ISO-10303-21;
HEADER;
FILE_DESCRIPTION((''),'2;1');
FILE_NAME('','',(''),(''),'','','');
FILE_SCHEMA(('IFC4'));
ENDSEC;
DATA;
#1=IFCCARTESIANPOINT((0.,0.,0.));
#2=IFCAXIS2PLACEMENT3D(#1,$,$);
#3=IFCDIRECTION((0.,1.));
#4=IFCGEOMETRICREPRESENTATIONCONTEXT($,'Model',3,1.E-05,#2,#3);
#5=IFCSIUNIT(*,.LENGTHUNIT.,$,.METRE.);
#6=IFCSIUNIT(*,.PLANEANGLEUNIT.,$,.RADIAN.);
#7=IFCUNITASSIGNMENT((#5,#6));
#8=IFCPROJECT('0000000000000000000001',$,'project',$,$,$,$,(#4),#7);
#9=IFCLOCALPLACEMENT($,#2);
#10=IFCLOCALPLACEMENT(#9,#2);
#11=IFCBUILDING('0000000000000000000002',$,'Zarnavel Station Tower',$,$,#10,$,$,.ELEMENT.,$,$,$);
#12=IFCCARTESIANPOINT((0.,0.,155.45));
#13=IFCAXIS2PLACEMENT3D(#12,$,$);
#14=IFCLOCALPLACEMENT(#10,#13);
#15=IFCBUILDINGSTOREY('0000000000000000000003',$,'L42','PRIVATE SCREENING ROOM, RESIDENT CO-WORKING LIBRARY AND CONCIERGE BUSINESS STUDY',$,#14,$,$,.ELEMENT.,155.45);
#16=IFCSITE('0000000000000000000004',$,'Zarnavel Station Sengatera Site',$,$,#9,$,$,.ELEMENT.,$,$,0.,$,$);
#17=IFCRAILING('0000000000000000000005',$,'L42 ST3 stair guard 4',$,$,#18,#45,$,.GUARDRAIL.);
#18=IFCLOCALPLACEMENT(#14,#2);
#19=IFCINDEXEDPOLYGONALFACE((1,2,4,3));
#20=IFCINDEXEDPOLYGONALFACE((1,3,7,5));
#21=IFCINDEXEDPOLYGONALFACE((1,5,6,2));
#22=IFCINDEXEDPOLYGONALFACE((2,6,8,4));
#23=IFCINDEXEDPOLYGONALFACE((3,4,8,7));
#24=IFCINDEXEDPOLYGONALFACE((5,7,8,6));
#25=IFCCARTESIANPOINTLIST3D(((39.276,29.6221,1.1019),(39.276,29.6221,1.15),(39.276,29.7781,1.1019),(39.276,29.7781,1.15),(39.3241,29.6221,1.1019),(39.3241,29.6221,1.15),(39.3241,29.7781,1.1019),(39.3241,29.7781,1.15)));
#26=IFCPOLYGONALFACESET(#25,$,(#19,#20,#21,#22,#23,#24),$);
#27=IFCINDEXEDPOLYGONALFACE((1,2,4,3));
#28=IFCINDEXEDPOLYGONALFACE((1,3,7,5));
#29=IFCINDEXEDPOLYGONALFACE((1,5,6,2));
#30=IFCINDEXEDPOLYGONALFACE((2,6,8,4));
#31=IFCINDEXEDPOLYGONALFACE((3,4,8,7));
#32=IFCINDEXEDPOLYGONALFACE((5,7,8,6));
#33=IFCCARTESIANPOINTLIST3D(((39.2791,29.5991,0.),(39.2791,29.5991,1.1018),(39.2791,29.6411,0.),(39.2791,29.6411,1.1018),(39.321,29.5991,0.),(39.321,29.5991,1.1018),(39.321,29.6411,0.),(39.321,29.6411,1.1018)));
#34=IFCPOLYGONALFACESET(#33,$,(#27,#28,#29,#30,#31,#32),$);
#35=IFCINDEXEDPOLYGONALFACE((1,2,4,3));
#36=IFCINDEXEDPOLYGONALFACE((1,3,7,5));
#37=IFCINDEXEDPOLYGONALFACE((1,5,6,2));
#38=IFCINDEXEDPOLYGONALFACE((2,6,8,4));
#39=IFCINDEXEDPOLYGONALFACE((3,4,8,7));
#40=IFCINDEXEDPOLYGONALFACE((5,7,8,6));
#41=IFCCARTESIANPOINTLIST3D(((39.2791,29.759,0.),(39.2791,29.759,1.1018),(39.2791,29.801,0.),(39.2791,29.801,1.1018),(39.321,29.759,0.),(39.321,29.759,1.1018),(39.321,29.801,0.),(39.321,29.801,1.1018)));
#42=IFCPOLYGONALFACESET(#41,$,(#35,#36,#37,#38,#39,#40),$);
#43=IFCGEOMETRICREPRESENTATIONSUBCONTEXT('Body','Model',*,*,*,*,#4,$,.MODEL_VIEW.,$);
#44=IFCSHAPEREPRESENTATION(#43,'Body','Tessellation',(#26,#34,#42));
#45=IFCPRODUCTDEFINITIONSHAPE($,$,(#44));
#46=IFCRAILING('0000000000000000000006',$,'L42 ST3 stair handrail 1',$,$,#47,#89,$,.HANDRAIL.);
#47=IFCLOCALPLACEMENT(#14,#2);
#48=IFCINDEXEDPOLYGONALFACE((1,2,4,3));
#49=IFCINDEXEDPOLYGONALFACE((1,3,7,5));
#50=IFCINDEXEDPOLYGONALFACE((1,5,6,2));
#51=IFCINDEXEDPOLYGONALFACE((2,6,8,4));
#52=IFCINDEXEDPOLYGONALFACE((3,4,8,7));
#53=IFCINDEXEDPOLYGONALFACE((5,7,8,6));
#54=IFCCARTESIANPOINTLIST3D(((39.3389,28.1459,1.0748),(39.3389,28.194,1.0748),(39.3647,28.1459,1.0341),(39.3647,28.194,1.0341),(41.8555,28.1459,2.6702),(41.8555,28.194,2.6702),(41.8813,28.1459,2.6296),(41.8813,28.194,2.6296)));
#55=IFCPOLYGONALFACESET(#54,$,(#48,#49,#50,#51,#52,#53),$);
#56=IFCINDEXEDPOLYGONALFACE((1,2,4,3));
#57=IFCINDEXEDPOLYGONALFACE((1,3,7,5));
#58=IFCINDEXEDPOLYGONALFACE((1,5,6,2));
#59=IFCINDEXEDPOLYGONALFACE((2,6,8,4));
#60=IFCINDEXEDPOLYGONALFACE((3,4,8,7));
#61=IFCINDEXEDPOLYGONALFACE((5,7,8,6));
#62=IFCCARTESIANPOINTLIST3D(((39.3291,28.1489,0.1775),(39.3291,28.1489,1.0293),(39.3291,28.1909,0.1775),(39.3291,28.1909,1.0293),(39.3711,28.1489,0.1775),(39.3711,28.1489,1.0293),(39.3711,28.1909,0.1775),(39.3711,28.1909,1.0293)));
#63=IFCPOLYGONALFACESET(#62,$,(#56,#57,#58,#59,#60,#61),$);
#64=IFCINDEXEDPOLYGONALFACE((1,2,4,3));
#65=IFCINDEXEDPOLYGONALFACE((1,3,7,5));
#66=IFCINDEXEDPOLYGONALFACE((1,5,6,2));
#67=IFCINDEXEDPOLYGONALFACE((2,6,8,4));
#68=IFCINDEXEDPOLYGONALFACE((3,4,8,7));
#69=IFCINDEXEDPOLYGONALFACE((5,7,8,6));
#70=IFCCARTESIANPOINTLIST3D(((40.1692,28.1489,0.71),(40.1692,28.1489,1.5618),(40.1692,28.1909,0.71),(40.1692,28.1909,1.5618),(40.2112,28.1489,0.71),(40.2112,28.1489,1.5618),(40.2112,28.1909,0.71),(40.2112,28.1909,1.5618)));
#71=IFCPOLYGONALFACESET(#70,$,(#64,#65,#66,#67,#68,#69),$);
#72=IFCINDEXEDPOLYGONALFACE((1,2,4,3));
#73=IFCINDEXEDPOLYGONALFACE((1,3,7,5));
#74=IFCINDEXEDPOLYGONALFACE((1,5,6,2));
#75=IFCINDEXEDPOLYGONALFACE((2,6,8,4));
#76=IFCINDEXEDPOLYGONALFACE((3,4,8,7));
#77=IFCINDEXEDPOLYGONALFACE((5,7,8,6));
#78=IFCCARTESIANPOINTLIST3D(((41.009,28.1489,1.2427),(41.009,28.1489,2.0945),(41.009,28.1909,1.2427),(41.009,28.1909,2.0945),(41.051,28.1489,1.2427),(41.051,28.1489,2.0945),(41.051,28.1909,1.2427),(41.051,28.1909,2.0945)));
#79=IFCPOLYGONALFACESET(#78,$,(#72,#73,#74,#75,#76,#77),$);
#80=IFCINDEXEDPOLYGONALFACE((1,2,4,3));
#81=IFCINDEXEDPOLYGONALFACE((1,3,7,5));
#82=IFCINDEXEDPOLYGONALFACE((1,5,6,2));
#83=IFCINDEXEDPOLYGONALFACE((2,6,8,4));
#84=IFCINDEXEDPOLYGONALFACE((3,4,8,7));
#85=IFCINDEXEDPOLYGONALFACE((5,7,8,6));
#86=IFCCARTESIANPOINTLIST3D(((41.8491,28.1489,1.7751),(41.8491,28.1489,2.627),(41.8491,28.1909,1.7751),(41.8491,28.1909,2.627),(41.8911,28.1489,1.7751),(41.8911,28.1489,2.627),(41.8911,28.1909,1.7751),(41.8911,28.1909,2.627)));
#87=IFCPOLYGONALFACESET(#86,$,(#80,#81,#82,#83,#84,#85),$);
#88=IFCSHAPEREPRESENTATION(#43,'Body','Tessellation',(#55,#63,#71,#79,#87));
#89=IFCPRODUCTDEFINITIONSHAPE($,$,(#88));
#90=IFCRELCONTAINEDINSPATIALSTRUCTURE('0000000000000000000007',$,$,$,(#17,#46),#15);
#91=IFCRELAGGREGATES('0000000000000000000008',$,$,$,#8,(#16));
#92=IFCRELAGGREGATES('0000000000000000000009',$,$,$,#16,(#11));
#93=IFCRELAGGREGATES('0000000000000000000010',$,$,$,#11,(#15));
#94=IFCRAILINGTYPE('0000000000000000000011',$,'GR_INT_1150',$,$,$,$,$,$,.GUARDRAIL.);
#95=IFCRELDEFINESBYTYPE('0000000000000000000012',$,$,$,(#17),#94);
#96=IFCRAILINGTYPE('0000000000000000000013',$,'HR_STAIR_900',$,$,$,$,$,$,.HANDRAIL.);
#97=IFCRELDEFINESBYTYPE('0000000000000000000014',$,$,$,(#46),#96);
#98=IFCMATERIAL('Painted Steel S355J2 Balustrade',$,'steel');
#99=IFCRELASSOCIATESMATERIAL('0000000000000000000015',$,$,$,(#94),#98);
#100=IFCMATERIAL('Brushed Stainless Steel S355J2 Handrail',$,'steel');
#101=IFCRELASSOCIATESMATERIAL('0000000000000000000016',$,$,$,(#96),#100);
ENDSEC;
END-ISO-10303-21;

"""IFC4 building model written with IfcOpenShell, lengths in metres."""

from ifc_helpers import new_model, si_unit, direction, frame, origin, origin_2d, place, context, subcontext, project, spatial, rectangle, extrude, material, type_object, element, save


model = new_model("IFC4")

# Units and contexts
model_context = context("Model", 3, precision=1e-05, world=origin(), true_north=direction((0.0, 1.0)))
body_context = subcontext(model_context, "Body", "Model", "MODEL_VIEW")
ifc_project = project(units=[si_unit("LENGTHUNIT", "METRE"), si_unit("PLANEANGLEUNIT", "RADIAN")], contexts=[model_context])

# Site, building, storey
site_placement = place(None, origin())
site = spatial("IfcSite", under=ifc_project, at=site_placement, Name="Zarnavel Station Sengatera Site", CompositionType="ELEMENT", RefElevation=0.0)
building_placement = place(site_placement, origin())
building = spatial("IfcBuilding", under=site, at=building_placement, Name="Zarnavel Station Tower", CompositionType="ELEMENT")
storey_placement = place(building_placement, frame((0.0, 0.0, 155.45)))
storey = spatial("IfcBuildingStorey", under=building, at=storey_placement, Name="L42", Description="PRIVATE SCREENING ROOM, RESIDENT CO-WORKING LIBRARY AND CONCIERGE BUSINESS STUDY", CompositionType="ELEMENT", Elevation=155.45)

# Railings
ifc_material_1 = material(Name="Painted Steel S355J2 Balustrade", Category="steel")
railing_type_1 = type_object("IfcRailingType", Name="GR_INT_1150", PredefinedType="GUARDRAIL", material=ifc_material_1)
railing_1_placement = place(storey_placement, frame((39.3, 29.6201, 0.0)))
element("IfcRailing", 1, at=railing_1_placement, inside=storey, type_object=railing_type_1, Name="L42 ST3 stair guard 4", PredefinedType="GUARDRAIL", context=body_context, shape_type="SweptSolid", body=[
    extrude(rectangle(XDim=0.0481, YDim=0.0481, at=origin_2d()), frame((0.0, 0.002, 1.126), z_axis=(0.0, 1.0, 0.0), x_axis=(-1.0, 0.0, 0.0)), (0.0, 0.0, 1.0), 0.156),
    extrude(rectangle(XDim=0.042, YDim=0.042, at=origin_2d()), origin(), (0.0, 0.0, 1.0), 1.1018),
    extrude(rectangle(XDim=0.042, YDim=0.042, at=origin_2d()), frame((0.0, 0.1599, 0.0)), (0.0, 0.0, 1.0), 1.1018),
])
ifc_material_2 = material(Name="Brushed Stainless Steel S355J2 Handrail", Category="steel")
railing_type_2 = type_object("IfcRailingType", Name="HR_STAIR_900", PredefinedType="HANDRAIL", material=ifc_material_2)
railing_2_placement = place(storey_placement, frame((39.3501, 28.1699, 0.1775)))
element("IfcRailing", 2, at=railing_2_placement, inside=storey, type_object=railing_type_2, Name="L42 ST3 stair handrail 1", PredefinedType="HANDRAIL", context=body_context, shape_type="SweptSolid", body=[
    extrude(rectangle(XDim=0.0481, YDim=0.0481, at=origin_2d()), frame((0.0017, 0.0, 0.877), z_axis=(0.84457, 0.0, 0.535445), x_axis=(0.0, 1.0, 0.0)), (0.0, 0.0, 1.0), 2.9797),
    extrude(rectangle(XDim=0.042, YDim=0.042, at=origin_2d()), origin(), (0.0, 0.0, 1.0), 0.8518),
    extrude(rectangle(XDim=0.042, YDim=0.042, at=origin_2d()), frame((0.8401, 0.0, 0.5325)), (0.0, 0.0, 1.0), 0.8518),
    extrude(rectangle(XDim=0.042, YDim=0.042, at=origin_2d()), frame((1.6799, 0.0, 1.0652)), (0.0, 0.0, 1.0), 0.8518),
    extrude(rectangle(XDim=0.042, YDim=0.042, at=origin_2d()), frame((2.52, 0.0, 1.5977)), (0.0, 0.0, 1.0), 0.8518),
])

save(model, "model.ifc")
